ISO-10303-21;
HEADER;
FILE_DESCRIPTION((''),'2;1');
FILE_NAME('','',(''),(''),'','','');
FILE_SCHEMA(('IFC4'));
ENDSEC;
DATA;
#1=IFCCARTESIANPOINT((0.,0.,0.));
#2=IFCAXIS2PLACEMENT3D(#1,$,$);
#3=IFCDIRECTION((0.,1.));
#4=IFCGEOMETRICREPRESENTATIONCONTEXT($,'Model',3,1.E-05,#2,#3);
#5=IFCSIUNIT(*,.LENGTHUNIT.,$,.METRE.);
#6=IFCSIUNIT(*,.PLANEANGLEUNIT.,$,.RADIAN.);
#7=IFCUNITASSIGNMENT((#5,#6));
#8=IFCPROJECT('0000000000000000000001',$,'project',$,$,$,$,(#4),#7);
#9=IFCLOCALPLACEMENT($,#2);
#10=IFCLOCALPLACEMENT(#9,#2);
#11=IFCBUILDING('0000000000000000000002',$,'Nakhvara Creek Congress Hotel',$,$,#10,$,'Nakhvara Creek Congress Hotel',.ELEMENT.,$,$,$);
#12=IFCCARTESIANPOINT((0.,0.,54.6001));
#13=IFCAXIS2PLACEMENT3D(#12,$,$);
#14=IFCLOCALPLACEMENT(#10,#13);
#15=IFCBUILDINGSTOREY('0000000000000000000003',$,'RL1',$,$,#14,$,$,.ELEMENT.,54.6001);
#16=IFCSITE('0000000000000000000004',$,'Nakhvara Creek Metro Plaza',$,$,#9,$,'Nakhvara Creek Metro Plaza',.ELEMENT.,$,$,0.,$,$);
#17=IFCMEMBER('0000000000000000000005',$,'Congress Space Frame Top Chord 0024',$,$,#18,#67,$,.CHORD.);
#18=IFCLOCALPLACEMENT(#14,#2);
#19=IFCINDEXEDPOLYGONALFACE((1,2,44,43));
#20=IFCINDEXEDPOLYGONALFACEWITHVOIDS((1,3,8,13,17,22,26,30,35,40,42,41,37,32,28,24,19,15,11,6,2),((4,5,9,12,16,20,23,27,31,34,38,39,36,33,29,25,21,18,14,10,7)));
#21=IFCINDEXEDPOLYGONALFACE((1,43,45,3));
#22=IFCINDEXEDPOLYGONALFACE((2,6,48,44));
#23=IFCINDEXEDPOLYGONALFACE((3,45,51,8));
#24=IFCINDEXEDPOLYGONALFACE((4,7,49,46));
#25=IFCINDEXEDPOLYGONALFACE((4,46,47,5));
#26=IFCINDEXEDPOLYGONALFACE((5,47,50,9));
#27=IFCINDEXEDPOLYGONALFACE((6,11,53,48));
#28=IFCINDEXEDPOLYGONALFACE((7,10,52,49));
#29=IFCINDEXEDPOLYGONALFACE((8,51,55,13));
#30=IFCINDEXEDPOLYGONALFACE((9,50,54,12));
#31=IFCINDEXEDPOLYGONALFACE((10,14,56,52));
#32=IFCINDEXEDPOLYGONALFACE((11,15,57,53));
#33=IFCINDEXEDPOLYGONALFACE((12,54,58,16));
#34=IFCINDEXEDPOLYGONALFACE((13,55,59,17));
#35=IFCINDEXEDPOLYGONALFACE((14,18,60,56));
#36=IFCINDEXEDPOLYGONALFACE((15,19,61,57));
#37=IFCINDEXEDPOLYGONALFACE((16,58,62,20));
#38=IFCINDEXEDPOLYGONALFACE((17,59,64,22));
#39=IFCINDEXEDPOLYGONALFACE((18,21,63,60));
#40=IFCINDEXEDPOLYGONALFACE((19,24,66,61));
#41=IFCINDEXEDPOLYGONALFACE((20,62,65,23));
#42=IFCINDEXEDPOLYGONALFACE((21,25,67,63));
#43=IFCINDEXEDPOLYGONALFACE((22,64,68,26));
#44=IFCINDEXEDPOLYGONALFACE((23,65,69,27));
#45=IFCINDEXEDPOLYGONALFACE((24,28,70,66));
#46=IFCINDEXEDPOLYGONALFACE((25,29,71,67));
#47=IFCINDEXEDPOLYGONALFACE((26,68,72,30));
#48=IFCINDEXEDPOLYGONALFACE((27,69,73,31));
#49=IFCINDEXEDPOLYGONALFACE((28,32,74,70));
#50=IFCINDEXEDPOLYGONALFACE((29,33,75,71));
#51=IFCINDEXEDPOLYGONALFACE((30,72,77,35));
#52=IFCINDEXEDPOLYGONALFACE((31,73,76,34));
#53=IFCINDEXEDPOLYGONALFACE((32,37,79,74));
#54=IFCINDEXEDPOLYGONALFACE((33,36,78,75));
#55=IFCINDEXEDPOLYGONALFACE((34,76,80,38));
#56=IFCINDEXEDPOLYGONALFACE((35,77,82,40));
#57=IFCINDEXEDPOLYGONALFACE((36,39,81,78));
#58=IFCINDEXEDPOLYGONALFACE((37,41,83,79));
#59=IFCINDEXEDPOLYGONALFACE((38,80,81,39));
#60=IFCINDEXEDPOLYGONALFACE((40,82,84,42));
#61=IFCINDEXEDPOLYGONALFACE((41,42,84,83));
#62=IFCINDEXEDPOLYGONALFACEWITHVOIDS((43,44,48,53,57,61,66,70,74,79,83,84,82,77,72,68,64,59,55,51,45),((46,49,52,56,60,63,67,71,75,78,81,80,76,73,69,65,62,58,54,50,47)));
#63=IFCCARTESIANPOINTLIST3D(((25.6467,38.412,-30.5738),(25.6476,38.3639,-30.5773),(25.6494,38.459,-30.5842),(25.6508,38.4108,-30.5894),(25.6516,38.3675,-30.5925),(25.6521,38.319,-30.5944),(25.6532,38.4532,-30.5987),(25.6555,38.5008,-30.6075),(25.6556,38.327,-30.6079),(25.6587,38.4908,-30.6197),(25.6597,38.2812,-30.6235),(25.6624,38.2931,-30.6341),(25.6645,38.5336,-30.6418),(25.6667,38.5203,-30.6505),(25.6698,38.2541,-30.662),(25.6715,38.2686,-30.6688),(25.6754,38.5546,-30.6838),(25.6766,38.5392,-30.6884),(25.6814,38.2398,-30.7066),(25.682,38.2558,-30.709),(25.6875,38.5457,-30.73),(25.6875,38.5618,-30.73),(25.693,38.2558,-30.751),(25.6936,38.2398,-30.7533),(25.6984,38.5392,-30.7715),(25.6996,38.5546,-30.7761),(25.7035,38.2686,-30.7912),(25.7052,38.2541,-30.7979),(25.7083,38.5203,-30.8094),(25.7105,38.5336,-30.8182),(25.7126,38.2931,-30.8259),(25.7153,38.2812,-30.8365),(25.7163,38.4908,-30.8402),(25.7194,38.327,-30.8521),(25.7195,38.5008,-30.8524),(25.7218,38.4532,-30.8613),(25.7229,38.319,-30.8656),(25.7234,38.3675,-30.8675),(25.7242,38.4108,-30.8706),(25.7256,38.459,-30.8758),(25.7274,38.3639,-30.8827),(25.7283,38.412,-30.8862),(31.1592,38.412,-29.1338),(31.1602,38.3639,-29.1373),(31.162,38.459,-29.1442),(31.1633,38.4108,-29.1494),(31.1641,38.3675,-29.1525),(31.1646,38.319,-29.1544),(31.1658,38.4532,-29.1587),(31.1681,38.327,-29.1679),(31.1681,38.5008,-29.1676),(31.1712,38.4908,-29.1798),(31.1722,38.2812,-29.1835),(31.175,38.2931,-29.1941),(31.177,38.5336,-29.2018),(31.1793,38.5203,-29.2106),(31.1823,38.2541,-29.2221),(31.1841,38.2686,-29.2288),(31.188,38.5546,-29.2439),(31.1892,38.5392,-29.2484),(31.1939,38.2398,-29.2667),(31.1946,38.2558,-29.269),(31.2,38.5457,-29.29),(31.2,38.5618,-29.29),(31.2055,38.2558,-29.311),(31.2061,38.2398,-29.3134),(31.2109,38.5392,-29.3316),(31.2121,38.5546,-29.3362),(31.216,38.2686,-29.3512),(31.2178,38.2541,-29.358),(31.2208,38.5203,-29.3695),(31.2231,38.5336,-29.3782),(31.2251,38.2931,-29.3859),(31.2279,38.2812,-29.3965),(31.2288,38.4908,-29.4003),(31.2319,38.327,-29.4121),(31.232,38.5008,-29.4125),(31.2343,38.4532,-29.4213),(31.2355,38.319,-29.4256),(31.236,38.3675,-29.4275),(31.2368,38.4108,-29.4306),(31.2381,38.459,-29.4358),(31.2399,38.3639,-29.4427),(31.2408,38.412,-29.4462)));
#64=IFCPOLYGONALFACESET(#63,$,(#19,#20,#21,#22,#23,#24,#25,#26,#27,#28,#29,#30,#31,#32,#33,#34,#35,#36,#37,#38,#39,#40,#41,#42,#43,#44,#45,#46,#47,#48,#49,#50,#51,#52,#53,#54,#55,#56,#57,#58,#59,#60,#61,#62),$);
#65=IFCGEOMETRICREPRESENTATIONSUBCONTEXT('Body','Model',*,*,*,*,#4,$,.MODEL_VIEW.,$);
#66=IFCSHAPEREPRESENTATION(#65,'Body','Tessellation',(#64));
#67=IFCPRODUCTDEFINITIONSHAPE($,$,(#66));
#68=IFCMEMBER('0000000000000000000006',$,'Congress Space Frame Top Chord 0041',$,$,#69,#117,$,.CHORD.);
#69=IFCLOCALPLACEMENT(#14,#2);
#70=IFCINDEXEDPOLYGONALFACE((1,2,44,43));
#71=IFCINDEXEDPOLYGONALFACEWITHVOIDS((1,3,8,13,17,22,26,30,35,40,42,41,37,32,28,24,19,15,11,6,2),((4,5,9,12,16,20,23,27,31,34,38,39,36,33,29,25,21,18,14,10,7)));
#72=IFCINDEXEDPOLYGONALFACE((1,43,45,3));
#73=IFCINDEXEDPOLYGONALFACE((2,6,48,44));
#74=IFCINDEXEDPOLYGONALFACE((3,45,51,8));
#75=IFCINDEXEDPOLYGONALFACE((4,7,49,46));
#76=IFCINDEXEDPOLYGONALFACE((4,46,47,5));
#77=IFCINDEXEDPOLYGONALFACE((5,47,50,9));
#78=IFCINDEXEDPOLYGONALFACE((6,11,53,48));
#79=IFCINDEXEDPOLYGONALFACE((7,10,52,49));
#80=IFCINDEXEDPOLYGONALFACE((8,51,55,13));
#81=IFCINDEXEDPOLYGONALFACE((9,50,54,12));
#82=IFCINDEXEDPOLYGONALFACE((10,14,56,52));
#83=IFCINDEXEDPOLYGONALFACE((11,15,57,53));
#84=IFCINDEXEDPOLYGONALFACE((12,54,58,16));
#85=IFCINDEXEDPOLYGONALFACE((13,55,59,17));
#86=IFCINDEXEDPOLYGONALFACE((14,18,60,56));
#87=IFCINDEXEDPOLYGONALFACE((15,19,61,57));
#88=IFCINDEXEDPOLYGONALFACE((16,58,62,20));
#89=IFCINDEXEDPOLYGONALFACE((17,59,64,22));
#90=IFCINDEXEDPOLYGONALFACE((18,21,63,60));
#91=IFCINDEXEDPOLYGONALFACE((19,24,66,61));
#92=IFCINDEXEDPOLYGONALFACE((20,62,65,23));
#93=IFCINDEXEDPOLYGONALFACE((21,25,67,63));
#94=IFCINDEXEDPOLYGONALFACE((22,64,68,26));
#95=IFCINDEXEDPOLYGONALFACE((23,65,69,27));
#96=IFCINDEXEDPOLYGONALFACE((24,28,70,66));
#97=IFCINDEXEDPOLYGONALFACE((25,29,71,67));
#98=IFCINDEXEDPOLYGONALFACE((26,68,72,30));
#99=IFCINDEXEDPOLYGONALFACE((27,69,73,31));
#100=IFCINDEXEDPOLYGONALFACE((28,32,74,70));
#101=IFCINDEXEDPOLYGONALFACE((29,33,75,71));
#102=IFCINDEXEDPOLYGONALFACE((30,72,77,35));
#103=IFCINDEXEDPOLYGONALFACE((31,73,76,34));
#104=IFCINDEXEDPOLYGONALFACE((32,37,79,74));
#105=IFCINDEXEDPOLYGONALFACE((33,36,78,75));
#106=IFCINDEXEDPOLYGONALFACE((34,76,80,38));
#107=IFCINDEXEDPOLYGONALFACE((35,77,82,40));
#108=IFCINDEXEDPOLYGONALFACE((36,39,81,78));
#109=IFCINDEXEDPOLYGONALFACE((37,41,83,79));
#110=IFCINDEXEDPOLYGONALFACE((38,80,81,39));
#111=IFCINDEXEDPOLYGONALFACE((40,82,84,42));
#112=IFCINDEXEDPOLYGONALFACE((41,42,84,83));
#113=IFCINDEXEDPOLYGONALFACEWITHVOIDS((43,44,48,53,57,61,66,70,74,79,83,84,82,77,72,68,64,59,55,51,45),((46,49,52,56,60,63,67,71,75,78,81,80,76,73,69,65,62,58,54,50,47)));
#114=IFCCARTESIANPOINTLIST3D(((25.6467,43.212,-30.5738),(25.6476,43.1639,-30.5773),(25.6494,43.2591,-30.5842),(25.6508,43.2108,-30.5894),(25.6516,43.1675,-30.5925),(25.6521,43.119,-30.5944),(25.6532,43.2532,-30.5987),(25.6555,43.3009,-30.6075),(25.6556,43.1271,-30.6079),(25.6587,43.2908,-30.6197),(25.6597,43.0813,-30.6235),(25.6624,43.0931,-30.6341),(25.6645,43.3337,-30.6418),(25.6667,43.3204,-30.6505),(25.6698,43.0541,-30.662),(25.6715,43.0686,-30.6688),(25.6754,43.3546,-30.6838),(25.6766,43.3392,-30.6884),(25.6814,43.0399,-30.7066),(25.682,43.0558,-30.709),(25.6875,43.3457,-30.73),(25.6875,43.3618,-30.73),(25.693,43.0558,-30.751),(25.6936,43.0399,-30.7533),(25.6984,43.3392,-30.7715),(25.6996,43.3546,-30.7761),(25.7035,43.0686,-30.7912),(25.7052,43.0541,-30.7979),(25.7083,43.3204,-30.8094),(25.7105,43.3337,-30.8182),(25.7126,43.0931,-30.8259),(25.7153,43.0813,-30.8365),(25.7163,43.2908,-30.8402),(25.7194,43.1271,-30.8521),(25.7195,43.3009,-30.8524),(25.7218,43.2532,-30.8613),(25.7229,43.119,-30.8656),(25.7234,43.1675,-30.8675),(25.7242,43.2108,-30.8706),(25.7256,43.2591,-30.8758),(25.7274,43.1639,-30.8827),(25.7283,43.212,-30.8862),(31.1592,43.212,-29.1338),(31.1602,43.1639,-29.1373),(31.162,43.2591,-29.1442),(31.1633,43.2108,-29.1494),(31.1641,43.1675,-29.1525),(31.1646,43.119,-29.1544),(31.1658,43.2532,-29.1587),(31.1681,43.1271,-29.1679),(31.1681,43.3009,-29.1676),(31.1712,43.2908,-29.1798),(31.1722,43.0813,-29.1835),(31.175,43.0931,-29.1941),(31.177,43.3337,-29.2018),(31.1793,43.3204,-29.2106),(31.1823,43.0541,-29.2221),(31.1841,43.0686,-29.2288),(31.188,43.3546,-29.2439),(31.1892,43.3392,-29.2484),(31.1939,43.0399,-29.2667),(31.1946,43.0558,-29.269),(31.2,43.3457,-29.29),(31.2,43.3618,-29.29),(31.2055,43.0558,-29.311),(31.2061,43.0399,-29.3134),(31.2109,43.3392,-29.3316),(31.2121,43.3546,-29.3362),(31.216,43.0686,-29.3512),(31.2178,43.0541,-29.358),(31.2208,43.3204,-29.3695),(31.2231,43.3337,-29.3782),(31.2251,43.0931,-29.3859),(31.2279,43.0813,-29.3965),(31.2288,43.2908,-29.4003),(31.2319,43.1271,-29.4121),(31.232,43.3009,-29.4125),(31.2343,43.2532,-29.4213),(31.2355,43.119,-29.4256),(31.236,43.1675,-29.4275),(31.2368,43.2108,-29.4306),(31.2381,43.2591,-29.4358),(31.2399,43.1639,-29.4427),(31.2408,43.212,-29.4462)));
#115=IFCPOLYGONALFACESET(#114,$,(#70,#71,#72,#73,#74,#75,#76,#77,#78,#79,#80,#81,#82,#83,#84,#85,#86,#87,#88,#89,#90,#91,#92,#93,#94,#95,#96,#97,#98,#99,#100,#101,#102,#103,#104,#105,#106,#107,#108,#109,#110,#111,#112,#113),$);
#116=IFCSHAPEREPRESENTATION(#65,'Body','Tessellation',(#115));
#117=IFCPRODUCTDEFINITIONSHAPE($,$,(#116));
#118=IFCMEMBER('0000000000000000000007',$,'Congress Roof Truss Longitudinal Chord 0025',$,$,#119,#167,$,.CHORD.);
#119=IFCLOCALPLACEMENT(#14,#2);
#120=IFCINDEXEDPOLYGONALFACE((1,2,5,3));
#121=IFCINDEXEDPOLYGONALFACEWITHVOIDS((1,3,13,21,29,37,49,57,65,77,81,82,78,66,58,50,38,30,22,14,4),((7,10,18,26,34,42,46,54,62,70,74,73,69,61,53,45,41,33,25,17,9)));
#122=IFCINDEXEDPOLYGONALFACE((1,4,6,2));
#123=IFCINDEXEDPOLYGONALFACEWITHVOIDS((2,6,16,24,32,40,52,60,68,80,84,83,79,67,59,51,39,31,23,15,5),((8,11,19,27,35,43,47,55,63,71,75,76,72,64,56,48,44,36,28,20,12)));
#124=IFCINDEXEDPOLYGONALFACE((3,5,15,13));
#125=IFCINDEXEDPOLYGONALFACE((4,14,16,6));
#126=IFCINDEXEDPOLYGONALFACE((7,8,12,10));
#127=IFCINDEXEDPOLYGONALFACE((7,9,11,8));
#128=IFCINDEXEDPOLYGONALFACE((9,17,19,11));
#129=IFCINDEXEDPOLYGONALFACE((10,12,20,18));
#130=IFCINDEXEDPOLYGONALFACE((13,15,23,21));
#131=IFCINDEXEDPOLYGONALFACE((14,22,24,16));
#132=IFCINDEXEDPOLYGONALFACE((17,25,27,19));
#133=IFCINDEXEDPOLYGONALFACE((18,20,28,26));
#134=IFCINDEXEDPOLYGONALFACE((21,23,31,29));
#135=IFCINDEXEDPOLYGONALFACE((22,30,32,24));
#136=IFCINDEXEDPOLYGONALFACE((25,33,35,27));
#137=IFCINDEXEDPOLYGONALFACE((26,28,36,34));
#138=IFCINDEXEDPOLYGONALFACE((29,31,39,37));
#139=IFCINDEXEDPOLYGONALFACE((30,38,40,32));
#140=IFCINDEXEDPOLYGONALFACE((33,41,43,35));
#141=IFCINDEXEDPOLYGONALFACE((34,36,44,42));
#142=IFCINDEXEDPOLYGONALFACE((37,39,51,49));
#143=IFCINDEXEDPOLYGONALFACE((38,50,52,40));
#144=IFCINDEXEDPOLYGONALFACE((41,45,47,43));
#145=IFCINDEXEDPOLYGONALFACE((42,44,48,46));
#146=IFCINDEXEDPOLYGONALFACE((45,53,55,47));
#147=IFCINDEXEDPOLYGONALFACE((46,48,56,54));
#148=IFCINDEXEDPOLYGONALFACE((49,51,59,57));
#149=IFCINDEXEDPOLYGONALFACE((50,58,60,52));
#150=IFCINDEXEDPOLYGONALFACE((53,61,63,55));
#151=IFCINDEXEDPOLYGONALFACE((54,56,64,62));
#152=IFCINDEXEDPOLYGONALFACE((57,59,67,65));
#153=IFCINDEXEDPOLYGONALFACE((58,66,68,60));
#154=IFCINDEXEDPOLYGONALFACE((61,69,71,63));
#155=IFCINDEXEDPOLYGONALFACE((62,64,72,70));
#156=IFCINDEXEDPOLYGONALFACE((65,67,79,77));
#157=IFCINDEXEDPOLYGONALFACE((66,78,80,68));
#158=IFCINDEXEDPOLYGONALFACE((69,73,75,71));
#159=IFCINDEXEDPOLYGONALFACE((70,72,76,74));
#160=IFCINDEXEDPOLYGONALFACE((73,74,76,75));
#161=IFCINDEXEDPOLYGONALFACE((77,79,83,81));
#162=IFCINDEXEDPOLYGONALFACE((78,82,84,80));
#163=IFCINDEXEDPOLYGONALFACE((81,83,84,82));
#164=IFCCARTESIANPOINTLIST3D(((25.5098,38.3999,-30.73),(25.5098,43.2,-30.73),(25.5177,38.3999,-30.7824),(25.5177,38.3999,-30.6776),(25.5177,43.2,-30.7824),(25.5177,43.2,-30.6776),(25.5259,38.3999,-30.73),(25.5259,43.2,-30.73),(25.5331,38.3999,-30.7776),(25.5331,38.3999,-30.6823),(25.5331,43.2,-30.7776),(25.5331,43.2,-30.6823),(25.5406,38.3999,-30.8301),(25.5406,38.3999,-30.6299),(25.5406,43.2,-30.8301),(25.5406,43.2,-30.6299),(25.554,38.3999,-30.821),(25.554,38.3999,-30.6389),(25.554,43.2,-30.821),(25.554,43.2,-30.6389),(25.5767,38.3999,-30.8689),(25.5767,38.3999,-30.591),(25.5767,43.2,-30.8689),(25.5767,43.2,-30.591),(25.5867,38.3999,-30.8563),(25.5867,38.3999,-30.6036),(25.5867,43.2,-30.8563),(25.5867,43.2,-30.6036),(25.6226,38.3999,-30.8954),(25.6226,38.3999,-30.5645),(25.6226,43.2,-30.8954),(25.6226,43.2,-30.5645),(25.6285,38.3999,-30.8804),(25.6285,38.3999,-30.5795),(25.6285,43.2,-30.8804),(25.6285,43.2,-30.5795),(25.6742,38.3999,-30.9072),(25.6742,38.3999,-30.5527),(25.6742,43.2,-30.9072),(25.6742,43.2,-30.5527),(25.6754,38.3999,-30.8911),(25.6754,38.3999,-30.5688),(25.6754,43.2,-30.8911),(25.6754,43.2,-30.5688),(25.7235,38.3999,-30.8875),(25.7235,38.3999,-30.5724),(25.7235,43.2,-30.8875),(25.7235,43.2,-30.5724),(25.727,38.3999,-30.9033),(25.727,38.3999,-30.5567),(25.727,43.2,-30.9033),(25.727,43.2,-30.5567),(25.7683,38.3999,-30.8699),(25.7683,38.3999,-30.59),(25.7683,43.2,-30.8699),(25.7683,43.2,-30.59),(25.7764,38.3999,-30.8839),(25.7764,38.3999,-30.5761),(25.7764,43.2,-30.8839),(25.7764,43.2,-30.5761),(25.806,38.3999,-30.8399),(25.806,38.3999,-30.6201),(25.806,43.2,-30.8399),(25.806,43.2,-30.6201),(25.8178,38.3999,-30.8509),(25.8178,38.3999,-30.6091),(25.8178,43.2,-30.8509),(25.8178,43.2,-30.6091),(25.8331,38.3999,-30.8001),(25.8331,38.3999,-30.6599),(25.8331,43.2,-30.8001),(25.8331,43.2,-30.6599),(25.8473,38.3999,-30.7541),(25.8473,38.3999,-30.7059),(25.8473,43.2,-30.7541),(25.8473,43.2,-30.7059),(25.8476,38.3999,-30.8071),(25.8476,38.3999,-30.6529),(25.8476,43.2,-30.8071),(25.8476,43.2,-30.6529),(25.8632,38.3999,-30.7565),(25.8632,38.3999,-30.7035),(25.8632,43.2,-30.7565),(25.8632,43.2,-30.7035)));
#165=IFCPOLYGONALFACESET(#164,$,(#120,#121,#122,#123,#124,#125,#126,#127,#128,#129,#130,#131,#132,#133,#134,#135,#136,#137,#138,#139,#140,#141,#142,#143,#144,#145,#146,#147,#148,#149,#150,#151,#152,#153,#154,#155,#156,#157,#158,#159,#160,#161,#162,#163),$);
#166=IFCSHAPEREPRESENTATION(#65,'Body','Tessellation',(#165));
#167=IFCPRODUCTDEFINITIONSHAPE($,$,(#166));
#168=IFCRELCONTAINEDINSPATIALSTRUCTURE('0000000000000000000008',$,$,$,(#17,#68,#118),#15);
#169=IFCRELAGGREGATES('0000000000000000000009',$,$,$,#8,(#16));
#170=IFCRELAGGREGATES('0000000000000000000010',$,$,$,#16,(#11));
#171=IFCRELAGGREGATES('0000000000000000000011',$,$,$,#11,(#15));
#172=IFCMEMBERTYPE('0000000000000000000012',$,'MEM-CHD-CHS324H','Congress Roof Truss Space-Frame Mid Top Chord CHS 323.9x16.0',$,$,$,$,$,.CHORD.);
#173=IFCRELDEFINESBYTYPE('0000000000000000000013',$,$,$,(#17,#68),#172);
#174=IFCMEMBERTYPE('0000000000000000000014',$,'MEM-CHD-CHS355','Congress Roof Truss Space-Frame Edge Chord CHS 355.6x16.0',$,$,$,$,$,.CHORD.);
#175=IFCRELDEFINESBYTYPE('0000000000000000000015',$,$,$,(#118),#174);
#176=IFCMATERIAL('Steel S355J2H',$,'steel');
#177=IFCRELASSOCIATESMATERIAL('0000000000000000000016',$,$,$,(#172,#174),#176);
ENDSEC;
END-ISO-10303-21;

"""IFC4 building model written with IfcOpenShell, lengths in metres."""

from ifc_helpers import new_model, si_unit, direction, frame, origin, origin_2d, place, context, subcontext, project, spatial, hollow_circle, extrude, material, material_profile, profile_set, type_object, element, save


model = new_model("IFC4")

# Units and contexts
model_context = context("Model", 3, precision=1e-05, world=origin(), true_north=direction((0.0, 1.0)))
body_context = subcontext(model_context, "Body", "Model", "MODEL_VIEW")
ifc_project = project(units=[si_unit("LENGTHUNIT", "METRE"), si_unit("PLANEANGLEUNIT", "RADIAN")], contexts=[model_context])

# Site, building, storey
site_placement = place(None, origin())
site = spatial("IfcSite", under=ifc_project, at=site_placement, Name="Nakhvara Creek Metro Plaza", LongName="Nakhvara Creek Metro Plaza", CompositionType="ELEMENT", RefElevation=0.0)
building_placement = place(site_placement, origin())
building = spatial("IfcBuilding", under=site, at=building_placement, Name="Nakhvara Creek Congress Hotel", LongName="Nakhvara Creek Congress Hotel", CompositionType="ELEMENT")
storey_placement = place(building_placement, frame((0.0, 0.0, 54.6001)))
storey = spatial("IfcBuildingStorey", under=building, at=storey_placement, Name="RL1", CompositionType="ELEMENT", Elevation=54.6001)

# Members
ifc_material_1 = material(Name="Steel S355J2H", Category="steel")
ifc_material_profile_1 = material_profile(ifc_material_1, hollow_circle(Radius=0.1619, WallThickness=0.0161, at=origin_2d()), Name="CHS 323.9x16.0", Category="LoadBearing")
ifc_profile_set_1 = profile_set([ifc_material_profile_1], Name="Steel S355J2H")
member_type_1 = type_object("IfcMemberType", Name="MEM-CHD-CHS324H", Description="Congress Roof Truss Space-Frame Mid Top Chord CHS 323.9x16.0", PredefinedType="CHORD", material=ifc_profile_set_1)
for number, where, z_axis, x_axis, name in (
    (1, (25.6875, 38.3999, -30.73), (0.967535, 0.0, 0.252736), (0.0, 1.0, 0.0), "Congress Space Frame Top Chord 0024"),
    (2, (25.6875, 43.2, -30.73), (0.967535, 0.0, 0.252736), (0.0, 1.0, 0.0), "Congress Space Frame Top Chord 0041"),
):
    element("IfcMember", number, at=place(storey_placement, frame(where, z_axis=z_axis, x_axis=x_axis)), inside=storey, type_object=member_type_1, Name=name, PredefinedType="CHORD", context=body_context, shape_type="SweptSolid", body=[
        extrude(hollow_circle(Radius=0.1619, WallThickness=0.0161, at=origin_2d()), origin(), (0.0, 0.0, 1.0), 5.6975),
    ])
ifc_material_profile_2 = material_profile(ifc_material_1, hollow_circle(Radius=0.1777, WallThickness=0.0161, at=origin_2d()), Name="CHS 355.6x16.0", Category="LoadBearing")
ifc_profile_set_2 = profile_set([ifc_material_profile_2], Name="Steel S355J2H")
member_type_2 = type_object("IfcMemberType", Name="MEM-CHD-CHS355", Description="Congress Roof Truss Space-Frame Edge Chord CHS 355.6x16.0", PredefinedType="CHORD", material=ifc_profile_set_2)
for number, where, z_axis, x_axis, name in (
    (3, (25.6875, 38.3999, -30.73), (0.0, 1.0, 0.0), (-1.0, 0.0, 0.0), "Congress Roof Truss Longitudinal Chord 0025"),
):
    element("IfcMember", number, at=place(storey_placement, frame(where, z_axis=z_axis, x_axis=x_axis)), inside=storey, type_object=member_type_2, Name=name, PredefinedType="CHORD", context=body_context, shape_type="SweptSolid", body=[
        extrude(hollow_circle(Radius=0.1777, WallThickness=0.0161, at=origin_2d()), origin(), (0.0, 0.0, 1.0), 4.8),
    ])

save(model, "model.ifc")
